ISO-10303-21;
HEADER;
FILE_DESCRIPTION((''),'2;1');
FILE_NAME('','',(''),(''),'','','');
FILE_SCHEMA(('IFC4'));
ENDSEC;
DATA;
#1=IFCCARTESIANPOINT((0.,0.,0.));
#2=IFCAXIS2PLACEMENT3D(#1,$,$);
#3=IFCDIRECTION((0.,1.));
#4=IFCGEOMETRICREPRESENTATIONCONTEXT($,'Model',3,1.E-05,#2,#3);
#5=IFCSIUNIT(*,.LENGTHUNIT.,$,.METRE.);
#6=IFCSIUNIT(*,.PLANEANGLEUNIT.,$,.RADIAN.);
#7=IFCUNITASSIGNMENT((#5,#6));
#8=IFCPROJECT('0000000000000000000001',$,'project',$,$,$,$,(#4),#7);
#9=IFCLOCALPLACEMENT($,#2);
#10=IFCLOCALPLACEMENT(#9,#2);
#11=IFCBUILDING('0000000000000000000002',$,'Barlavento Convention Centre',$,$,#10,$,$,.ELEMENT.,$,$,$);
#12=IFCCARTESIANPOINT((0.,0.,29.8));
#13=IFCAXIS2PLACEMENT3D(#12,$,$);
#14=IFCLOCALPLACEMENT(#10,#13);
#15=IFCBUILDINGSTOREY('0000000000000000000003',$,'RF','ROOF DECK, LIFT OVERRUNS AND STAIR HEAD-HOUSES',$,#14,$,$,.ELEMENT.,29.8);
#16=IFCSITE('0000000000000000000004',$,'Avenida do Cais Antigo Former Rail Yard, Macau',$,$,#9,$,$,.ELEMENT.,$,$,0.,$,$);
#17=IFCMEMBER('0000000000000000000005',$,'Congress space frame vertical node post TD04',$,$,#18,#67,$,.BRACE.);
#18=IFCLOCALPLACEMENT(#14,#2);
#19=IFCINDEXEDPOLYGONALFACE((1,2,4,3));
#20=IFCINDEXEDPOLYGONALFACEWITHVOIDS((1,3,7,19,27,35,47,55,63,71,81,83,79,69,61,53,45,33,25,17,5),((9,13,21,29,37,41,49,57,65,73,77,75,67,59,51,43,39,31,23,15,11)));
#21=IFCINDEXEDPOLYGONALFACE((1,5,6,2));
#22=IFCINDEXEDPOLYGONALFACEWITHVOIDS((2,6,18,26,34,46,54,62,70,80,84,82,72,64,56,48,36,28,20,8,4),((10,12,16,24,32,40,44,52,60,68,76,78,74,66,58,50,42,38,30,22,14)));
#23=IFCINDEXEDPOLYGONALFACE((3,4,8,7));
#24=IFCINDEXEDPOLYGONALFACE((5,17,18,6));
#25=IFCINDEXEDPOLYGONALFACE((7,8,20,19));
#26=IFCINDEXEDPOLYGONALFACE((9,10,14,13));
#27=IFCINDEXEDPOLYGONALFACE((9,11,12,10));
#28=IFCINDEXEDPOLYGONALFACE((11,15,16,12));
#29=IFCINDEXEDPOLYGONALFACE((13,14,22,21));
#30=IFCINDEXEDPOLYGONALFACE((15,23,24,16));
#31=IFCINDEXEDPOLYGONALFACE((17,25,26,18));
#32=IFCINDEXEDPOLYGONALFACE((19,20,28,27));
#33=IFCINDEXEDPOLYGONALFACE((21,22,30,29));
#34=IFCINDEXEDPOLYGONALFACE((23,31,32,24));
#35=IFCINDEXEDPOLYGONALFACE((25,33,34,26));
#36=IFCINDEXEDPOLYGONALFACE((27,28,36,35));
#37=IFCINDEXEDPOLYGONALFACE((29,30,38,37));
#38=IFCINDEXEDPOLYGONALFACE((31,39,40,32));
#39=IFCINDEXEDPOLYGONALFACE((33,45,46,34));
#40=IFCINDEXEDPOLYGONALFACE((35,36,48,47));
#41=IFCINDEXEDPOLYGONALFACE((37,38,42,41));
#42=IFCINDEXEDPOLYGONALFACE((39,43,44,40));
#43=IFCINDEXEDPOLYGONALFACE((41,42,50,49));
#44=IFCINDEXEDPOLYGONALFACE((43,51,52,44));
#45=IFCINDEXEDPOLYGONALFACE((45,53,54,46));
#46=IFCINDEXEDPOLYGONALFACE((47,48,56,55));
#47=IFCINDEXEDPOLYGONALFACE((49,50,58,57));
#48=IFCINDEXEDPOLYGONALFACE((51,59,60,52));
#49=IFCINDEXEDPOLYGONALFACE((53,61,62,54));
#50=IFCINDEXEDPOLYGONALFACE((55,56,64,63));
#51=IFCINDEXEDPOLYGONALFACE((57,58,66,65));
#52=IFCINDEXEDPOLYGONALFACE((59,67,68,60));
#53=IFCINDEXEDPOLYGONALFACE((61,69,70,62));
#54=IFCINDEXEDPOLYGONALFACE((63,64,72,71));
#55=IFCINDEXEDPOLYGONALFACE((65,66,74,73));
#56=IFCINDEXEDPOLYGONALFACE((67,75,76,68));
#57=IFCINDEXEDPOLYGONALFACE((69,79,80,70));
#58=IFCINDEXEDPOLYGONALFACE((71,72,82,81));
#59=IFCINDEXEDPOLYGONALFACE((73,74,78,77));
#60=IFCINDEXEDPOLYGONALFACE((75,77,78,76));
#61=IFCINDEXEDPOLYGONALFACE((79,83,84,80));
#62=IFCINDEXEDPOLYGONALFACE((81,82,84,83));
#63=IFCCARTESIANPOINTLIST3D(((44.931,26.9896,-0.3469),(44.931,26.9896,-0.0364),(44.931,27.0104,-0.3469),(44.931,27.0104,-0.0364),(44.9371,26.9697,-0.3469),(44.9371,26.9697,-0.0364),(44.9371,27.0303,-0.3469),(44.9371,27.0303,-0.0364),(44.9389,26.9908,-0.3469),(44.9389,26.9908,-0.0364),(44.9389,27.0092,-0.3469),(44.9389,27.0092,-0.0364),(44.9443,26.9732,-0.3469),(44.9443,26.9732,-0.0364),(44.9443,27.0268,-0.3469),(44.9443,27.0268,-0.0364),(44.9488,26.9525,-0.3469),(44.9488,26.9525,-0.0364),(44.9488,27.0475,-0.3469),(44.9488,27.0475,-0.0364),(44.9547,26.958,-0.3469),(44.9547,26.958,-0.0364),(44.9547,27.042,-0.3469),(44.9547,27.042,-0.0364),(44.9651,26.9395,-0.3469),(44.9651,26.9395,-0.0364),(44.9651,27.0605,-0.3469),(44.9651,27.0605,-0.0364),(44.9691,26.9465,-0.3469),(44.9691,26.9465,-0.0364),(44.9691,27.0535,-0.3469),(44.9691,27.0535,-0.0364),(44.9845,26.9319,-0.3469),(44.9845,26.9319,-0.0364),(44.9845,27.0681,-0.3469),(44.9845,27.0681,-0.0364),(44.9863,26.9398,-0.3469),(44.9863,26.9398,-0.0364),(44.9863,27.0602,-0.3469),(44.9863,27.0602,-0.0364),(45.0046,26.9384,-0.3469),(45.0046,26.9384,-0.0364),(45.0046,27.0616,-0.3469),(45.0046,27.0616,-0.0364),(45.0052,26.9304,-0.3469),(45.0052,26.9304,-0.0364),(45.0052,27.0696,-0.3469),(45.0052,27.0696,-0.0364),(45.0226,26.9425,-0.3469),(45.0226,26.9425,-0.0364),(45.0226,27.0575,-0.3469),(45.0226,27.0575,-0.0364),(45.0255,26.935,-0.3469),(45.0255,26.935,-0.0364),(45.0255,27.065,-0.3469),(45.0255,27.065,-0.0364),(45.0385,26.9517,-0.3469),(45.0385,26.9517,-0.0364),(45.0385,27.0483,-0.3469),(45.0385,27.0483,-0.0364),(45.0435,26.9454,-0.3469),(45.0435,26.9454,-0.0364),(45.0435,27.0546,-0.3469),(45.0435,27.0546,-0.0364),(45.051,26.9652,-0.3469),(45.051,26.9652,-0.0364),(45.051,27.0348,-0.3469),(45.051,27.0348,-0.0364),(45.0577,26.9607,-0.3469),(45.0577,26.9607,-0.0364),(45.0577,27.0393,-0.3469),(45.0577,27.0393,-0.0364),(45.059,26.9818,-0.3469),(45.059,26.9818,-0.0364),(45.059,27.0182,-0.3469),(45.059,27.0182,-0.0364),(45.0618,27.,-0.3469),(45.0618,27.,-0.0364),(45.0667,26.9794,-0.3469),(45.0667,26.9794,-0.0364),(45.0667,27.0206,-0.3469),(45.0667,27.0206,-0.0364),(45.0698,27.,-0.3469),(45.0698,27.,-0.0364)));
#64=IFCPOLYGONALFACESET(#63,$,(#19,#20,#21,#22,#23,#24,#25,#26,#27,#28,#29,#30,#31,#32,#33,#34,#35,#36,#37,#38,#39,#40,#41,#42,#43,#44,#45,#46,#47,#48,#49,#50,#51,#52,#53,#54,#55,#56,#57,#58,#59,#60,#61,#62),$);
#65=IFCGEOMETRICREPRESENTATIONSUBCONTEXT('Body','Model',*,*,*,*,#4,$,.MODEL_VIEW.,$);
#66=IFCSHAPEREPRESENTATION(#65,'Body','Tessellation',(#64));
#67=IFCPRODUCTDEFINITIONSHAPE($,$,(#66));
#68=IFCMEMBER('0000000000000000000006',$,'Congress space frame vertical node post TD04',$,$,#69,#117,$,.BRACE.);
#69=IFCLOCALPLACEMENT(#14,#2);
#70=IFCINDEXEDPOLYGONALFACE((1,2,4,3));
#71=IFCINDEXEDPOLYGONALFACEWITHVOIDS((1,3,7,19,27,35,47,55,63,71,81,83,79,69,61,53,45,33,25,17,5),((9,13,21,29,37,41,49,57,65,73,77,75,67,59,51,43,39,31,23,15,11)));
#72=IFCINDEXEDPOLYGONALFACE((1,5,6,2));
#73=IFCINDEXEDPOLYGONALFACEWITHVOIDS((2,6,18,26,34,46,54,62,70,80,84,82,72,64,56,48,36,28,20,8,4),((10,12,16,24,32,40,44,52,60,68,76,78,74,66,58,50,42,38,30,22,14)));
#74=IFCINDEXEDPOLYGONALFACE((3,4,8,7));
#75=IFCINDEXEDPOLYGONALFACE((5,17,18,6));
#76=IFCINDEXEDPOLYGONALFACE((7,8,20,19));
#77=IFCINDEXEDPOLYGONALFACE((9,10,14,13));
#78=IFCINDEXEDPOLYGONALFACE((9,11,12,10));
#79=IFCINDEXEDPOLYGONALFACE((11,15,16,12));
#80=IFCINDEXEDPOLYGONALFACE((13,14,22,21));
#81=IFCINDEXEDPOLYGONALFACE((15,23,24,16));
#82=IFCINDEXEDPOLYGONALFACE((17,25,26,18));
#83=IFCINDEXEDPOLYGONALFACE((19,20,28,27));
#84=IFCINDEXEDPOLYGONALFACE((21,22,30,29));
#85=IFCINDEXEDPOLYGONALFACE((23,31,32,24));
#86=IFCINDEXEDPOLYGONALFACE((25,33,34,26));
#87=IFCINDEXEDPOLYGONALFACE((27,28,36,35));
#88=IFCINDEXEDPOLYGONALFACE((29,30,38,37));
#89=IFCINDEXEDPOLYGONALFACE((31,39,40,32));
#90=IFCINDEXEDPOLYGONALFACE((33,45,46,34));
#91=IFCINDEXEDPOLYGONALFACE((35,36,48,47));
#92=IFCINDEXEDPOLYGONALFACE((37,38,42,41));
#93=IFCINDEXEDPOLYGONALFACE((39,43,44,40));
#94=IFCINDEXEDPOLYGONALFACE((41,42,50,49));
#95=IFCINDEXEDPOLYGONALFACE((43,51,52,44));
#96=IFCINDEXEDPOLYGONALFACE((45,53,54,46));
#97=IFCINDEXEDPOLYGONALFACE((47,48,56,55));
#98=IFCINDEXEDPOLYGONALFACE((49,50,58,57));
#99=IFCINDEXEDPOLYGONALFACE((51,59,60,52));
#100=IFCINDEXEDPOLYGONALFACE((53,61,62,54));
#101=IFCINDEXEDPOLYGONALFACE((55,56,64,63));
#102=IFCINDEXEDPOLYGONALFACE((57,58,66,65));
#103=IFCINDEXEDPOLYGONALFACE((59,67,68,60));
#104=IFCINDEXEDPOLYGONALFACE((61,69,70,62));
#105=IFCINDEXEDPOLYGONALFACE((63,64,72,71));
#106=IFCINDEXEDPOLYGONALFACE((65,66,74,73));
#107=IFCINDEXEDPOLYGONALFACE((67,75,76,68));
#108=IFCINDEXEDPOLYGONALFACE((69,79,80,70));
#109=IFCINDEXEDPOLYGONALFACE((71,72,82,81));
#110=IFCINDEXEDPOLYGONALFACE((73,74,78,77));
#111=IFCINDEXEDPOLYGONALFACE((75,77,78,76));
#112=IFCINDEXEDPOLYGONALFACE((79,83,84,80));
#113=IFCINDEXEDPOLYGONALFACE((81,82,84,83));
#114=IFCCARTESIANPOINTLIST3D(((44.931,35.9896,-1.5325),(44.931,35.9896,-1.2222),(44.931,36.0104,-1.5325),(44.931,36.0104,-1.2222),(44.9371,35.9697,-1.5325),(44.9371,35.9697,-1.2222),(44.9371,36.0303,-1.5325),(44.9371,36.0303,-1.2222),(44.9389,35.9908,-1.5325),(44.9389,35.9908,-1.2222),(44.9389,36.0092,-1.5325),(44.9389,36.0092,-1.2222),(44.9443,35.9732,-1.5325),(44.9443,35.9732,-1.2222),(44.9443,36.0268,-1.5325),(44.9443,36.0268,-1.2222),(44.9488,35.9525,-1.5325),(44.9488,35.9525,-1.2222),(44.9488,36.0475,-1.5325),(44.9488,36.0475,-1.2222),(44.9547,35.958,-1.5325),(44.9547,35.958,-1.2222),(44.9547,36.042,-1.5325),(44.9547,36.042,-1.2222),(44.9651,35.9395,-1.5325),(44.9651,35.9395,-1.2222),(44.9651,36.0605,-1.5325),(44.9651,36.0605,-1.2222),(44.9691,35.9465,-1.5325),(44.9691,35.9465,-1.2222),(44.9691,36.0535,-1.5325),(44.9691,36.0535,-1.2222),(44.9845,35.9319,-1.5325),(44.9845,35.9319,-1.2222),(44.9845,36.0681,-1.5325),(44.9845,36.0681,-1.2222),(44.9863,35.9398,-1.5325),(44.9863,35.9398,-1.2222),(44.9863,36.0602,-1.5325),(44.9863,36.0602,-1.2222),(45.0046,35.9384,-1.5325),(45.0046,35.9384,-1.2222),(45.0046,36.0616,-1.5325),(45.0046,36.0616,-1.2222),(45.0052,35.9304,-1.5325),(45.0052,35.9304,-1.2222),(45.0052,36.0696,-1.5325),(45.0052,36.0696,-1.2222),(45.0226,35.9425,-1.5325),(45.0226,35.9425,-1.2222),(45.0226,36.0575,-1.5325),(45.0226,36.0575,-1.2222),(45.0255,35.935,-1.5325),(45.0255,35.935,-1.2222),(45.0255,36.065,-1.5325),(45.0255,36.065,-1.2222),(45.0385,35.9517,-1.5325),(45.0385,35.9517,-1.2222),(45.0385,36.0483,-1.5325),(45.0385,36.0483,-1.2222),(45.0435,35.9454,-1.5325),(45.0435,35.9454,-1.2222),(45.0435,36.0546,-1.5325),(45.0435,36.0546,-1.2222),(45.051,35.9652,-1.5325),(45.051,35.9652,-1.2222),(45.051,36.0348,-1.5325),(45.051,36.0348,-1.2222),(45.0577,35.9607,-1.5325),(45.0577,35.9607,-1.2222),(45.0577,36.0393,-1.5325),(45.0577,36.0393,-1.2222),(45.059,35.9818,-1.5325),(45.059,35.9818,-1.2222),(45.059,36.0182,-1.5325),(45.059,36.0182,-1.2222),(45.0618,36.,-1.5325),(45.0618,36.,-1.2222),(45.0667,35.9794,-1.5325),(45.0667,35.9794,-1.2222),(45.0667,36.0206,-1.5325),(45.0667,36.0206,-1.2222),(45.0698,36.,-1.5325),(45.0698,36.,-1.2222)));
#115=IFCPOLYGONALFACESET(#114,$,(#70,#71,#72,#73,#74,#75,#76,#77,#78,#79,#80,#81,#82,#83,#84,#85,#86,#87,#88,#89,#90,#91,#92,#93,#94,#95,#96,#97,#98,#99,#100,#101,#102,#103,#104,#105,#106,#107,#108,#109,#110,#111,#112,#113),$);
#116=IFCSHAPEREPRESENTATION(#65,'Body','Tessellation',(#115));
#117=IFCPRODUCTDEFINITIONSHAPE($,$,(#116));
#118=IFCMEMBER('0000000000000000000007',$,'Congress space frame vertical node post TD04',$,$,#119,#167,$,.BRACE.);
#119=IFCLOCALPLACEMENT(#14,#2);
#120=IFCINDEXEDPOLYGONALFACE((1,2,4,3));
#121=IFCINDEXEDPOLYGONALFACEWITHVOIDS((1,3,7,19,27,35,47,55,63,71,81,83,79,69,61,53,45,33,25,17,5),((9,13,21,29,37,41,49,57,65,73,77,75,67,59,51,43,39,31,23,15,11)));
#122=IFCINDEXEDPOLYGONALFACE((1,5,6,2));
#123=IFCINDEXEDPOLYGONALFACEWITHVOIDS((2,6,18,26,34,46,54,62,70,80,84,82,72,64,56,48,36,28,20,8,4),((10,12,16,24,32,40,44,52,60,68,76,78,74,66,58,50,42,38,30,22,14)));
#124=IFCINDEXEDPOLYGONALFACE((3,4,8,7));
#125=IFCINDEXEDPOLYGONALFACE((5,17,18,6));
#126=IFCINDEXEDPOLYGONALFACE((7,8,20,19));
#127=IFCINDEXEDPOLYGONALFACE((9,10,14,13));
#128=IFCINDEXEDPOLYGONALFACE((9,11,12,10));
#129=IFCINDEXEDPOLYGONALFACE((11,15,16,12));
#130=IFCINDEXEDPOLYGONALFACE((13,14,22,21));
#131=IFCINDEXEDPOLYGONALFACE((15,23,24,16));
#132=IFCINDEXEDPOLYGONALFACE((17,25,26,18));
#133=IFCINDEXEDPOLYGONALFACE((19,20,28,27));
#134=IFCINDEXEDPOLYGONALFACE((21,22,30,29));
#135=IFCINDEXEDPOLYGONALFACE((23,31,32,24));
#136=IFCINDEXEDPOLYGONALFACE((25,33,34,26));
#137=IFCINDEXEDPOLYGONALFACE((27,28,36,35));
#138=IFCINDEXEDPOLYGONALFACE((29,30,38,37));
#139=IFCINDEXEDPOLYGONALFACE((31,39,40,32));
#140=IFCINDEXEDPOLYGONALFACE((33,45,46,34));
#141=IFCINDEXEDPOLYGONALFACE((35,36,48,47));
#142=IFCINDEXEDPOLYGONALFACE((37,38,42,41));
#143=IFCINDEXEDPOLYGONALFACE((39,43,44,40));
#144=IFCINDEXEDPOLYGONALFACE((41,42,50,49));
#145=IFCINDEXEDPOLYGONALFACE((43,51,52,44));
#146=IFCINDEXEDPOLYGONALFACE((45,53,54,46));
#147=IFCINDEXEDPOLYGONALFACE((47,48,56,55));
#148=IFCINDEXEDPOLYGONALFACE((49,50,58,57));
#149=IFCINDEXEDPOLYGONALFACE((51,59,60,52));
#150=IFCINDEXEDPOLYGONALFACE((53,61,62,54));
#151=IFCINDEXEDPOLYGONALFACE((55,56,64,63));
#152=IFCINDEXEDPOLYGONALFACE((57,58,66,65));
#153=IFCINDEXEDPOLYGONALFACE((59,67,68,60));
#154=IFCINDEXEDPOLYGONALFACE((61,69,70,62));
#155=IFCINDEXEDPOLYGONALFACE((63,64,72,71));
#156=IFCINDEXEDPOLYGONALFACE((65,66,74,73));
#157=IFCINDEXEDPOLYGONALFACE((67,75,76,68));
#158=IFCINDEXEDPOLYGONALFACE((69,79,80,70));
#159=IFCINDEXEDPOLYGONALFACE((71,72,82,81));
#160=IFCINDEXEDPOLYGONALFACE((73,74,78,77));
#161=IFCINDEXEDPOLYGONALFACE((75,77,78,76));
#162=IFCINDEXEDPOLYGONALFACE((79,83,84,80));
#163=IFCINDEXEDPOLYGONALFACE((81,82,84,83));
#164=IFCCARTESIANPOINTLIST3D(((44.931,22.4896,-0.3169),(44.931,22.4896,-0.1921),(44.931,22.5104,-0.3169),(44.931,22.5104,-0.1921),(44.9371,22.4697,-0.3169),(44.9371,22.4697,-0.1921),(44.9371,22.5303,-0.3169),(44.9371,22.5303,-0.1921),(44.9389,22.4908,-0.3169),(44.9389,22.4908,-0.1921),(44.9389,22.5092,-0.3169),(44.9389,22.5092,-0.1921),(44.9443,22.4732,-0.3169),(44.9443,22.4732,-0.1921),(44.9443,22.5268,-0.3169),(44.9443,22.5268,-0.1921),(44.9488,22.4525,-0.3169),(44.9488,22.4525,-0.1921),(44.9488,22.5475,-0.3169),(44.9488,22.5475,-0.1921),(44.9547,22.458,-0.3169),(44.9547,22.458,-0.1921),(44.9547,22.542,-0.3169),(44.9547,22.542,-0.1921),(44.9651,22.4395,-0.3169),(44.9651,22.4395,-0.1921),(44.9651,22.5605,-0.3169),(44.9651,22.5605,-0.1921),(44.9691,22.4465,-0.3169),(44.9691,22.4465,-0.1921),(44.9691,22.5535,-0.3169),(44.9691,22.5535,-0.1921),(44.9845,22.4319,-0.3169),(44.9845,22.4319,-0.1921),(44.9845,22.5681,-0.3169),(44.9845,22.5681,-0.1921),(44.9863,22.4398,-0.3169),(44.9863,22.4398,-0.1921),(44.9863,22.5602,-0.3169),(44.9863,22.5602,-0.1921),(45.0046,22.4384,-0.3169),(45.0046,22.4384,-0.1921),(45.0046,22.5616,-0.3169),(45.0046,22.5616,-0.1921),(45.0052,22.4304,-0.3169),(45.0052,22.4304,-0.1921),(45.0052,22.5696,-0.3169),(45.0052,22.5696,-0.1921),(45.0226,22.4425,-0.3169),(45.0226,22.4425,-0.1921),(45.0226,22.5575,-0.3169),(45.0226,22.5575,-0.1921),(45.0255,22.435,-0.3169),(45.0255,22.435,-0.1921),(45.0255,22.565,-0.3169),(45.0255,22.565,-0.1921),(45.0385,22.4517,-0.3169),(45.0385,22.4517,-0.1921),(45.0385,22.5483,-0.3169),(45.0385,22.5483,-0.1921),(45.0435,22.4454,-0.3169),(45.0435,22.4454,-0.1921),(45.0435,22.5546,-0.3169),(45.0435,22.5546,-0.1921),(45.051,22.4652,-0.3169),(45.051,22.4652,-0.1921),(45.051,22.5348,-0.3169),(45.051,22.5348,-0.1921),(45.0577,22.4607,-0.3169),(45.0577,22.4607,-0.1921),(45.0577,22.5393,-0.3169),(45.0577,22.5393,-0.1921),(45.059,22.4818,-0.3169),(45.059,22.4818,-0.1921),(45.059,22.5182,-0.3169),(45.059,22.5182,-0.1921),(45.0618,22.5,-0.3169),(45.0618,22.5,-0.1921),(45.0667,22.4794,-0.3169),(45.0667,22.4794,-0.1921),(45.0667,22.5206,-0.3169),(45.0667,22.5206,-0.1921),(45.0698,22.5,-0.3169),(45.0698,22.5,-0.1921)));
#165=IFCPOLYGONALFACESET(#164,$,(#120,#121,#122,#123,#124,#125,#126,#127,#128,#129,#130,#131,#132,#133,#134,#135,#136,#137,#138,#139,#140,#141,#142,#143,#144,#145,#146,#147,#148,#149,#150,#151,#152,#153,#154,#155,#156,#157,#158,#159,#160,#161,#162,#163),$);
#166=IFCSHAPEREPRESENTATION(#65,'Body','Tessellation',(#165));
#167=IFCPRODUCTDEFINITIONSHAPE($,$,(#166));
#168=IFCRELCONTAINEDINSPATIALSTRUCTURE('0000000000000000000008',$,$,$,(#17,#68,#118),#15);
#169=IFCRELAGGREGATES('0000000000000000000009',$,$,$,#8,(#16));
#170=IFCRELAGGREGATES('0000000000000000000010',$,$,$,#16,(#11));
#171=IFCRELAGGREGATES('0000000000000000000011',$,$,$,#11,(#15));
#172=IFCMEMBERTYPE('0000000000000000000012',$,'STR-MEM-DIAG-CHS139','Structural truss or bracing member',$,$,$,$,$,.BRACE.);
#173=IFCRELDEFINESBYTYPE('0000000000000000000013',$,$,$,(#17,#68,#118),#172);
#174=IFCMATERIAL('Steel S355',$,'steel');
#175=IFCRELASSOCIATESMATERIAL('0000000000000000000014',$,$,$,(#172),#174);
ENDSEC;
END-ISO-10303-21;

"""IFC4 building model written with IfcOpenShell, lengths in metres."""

from ifc_helpers import new_model, si_unit, direction, frame, origin, origin_2d, place, context, subcontext, project, spatial, hollow_circle, extrude, material, material_profile, profile_set, type_object, element, save


model = new_model("IFC4")

# Units and contexts
model_context = context("Model", 3, precision=1e-05, world=origin(), true_north=direction((0.0, 1.0)))
body_context = subcontext(model_context, "Body", "Model", "MODEL_VIEW")
ifc_project = project(units=[si_unit("LENGTHUNIT", "METRE"), si_unit("PLANEANGLEUNIT", "RADIAN")], contexts=[model_context])

# Site, building, storey
site_placement = place(None, origin())
site = spatial("IfcSite", under=ifc_project, at=site_placement, Name="Avenida do Cais Antigo Former Rail Yard, Macau", CompositionType="ELEMENT", RefElevation=0.0)
building_placement = place(site_placement, origin())
building = spatial("IfcBuilding", under=site, at=building_placement, Name="Barlavento Convention Centre", CompositionType="ELEMENT")
storey_placement = place(building_placement, frame((0.0, 0.0, 29.8)))
storey = spatial("IfcBuildingStorey", under=building, at=storey_placement, Name="RF", Description="ROOF DECK, LIFT OVERRUNS AND STAIR HEAD-HOUSES", CompositionType="ELEMENT", Elevation=29.8)

# Members
ifc_material_1 = material(Name="Steel S355", Category="steel")
ifc_material_profile_1 = material_profile(ifc_material_1, hollow_circle(Radius=0.0698, WallThickness=0.0081, at=origin_2d()), Name="CHS 139.7x8.0")
ifc_profile_set_1 = profile_set([ifc_material_profile_1], Name="Steel S355")
member_type_1 = type_object("IfcMemberType", Name="STR-MEM-DIAG-CHS139", Description="Structural truss or bracing member", PredefinedType="BRACE", material=ifc_profile_set_1)
member_1_placement = place(storey_placement, frame((45.0, 27.0, -0.3469), z_axis=(0.0, 0.0, 1.0), x_axis=(1.0, 0.0, 0.0)))
element("IfcMember", 1, at=member_1_placement, inside=storey, type_object=member_type_1, Name="Congress space frame vertical node post TD04", PredefinedType="BRACE", context=body_context, shape_type="SweptSolid", body=[
    extrude(hollow_circle(Radius=0.0698, WallThickness=0.0081, at=origin_2d()), origin(), (0.0, 0.0, 1.0), 0.3105),
])
member_2_placement = place(storey_placement, frame((45.0, 36.0, -1.5325), z_axis=(0.0, 0.0, 1.0), x_axis=(1.0, 0.0, 0.0)))
element("IfcMember", 2, at=member_2_placement, inside=storey, type_object=member_type_1, Name="Congress space frame vertical node post TD04", PredefinedType="BRACE", context=body_context, shape_type="SweptSolid", body=[
    extrude(hollow_circle(Radius=0.0698, WallThickness=0.0081, at=origin_2d()), origin(), (0.0, 0.0, 1.0), 0.3103),
])
member_3_placement = place(storey_placement, frame((45.0, 22.5, -0.3169), z_axis=(0.0, 0.0, 1.0), x_axis=(1.0, 0.0, 0.0)))
element("IfcMember", 3, at=member_3_placement, inside=storey, type_object=member_type_1, Name="Congress space frame vertical node post TD04", PredefinedType="BRACE", context=body_context, shape_type="SweptSolid", body=[
    extrude(hollow_circle(Radius=0.0698, WallThickness=0.0081, at=origin_2d()), origin(), (0.0, 0.0, 1.0), 0.1248),
])

save(model, "model.ifc")
